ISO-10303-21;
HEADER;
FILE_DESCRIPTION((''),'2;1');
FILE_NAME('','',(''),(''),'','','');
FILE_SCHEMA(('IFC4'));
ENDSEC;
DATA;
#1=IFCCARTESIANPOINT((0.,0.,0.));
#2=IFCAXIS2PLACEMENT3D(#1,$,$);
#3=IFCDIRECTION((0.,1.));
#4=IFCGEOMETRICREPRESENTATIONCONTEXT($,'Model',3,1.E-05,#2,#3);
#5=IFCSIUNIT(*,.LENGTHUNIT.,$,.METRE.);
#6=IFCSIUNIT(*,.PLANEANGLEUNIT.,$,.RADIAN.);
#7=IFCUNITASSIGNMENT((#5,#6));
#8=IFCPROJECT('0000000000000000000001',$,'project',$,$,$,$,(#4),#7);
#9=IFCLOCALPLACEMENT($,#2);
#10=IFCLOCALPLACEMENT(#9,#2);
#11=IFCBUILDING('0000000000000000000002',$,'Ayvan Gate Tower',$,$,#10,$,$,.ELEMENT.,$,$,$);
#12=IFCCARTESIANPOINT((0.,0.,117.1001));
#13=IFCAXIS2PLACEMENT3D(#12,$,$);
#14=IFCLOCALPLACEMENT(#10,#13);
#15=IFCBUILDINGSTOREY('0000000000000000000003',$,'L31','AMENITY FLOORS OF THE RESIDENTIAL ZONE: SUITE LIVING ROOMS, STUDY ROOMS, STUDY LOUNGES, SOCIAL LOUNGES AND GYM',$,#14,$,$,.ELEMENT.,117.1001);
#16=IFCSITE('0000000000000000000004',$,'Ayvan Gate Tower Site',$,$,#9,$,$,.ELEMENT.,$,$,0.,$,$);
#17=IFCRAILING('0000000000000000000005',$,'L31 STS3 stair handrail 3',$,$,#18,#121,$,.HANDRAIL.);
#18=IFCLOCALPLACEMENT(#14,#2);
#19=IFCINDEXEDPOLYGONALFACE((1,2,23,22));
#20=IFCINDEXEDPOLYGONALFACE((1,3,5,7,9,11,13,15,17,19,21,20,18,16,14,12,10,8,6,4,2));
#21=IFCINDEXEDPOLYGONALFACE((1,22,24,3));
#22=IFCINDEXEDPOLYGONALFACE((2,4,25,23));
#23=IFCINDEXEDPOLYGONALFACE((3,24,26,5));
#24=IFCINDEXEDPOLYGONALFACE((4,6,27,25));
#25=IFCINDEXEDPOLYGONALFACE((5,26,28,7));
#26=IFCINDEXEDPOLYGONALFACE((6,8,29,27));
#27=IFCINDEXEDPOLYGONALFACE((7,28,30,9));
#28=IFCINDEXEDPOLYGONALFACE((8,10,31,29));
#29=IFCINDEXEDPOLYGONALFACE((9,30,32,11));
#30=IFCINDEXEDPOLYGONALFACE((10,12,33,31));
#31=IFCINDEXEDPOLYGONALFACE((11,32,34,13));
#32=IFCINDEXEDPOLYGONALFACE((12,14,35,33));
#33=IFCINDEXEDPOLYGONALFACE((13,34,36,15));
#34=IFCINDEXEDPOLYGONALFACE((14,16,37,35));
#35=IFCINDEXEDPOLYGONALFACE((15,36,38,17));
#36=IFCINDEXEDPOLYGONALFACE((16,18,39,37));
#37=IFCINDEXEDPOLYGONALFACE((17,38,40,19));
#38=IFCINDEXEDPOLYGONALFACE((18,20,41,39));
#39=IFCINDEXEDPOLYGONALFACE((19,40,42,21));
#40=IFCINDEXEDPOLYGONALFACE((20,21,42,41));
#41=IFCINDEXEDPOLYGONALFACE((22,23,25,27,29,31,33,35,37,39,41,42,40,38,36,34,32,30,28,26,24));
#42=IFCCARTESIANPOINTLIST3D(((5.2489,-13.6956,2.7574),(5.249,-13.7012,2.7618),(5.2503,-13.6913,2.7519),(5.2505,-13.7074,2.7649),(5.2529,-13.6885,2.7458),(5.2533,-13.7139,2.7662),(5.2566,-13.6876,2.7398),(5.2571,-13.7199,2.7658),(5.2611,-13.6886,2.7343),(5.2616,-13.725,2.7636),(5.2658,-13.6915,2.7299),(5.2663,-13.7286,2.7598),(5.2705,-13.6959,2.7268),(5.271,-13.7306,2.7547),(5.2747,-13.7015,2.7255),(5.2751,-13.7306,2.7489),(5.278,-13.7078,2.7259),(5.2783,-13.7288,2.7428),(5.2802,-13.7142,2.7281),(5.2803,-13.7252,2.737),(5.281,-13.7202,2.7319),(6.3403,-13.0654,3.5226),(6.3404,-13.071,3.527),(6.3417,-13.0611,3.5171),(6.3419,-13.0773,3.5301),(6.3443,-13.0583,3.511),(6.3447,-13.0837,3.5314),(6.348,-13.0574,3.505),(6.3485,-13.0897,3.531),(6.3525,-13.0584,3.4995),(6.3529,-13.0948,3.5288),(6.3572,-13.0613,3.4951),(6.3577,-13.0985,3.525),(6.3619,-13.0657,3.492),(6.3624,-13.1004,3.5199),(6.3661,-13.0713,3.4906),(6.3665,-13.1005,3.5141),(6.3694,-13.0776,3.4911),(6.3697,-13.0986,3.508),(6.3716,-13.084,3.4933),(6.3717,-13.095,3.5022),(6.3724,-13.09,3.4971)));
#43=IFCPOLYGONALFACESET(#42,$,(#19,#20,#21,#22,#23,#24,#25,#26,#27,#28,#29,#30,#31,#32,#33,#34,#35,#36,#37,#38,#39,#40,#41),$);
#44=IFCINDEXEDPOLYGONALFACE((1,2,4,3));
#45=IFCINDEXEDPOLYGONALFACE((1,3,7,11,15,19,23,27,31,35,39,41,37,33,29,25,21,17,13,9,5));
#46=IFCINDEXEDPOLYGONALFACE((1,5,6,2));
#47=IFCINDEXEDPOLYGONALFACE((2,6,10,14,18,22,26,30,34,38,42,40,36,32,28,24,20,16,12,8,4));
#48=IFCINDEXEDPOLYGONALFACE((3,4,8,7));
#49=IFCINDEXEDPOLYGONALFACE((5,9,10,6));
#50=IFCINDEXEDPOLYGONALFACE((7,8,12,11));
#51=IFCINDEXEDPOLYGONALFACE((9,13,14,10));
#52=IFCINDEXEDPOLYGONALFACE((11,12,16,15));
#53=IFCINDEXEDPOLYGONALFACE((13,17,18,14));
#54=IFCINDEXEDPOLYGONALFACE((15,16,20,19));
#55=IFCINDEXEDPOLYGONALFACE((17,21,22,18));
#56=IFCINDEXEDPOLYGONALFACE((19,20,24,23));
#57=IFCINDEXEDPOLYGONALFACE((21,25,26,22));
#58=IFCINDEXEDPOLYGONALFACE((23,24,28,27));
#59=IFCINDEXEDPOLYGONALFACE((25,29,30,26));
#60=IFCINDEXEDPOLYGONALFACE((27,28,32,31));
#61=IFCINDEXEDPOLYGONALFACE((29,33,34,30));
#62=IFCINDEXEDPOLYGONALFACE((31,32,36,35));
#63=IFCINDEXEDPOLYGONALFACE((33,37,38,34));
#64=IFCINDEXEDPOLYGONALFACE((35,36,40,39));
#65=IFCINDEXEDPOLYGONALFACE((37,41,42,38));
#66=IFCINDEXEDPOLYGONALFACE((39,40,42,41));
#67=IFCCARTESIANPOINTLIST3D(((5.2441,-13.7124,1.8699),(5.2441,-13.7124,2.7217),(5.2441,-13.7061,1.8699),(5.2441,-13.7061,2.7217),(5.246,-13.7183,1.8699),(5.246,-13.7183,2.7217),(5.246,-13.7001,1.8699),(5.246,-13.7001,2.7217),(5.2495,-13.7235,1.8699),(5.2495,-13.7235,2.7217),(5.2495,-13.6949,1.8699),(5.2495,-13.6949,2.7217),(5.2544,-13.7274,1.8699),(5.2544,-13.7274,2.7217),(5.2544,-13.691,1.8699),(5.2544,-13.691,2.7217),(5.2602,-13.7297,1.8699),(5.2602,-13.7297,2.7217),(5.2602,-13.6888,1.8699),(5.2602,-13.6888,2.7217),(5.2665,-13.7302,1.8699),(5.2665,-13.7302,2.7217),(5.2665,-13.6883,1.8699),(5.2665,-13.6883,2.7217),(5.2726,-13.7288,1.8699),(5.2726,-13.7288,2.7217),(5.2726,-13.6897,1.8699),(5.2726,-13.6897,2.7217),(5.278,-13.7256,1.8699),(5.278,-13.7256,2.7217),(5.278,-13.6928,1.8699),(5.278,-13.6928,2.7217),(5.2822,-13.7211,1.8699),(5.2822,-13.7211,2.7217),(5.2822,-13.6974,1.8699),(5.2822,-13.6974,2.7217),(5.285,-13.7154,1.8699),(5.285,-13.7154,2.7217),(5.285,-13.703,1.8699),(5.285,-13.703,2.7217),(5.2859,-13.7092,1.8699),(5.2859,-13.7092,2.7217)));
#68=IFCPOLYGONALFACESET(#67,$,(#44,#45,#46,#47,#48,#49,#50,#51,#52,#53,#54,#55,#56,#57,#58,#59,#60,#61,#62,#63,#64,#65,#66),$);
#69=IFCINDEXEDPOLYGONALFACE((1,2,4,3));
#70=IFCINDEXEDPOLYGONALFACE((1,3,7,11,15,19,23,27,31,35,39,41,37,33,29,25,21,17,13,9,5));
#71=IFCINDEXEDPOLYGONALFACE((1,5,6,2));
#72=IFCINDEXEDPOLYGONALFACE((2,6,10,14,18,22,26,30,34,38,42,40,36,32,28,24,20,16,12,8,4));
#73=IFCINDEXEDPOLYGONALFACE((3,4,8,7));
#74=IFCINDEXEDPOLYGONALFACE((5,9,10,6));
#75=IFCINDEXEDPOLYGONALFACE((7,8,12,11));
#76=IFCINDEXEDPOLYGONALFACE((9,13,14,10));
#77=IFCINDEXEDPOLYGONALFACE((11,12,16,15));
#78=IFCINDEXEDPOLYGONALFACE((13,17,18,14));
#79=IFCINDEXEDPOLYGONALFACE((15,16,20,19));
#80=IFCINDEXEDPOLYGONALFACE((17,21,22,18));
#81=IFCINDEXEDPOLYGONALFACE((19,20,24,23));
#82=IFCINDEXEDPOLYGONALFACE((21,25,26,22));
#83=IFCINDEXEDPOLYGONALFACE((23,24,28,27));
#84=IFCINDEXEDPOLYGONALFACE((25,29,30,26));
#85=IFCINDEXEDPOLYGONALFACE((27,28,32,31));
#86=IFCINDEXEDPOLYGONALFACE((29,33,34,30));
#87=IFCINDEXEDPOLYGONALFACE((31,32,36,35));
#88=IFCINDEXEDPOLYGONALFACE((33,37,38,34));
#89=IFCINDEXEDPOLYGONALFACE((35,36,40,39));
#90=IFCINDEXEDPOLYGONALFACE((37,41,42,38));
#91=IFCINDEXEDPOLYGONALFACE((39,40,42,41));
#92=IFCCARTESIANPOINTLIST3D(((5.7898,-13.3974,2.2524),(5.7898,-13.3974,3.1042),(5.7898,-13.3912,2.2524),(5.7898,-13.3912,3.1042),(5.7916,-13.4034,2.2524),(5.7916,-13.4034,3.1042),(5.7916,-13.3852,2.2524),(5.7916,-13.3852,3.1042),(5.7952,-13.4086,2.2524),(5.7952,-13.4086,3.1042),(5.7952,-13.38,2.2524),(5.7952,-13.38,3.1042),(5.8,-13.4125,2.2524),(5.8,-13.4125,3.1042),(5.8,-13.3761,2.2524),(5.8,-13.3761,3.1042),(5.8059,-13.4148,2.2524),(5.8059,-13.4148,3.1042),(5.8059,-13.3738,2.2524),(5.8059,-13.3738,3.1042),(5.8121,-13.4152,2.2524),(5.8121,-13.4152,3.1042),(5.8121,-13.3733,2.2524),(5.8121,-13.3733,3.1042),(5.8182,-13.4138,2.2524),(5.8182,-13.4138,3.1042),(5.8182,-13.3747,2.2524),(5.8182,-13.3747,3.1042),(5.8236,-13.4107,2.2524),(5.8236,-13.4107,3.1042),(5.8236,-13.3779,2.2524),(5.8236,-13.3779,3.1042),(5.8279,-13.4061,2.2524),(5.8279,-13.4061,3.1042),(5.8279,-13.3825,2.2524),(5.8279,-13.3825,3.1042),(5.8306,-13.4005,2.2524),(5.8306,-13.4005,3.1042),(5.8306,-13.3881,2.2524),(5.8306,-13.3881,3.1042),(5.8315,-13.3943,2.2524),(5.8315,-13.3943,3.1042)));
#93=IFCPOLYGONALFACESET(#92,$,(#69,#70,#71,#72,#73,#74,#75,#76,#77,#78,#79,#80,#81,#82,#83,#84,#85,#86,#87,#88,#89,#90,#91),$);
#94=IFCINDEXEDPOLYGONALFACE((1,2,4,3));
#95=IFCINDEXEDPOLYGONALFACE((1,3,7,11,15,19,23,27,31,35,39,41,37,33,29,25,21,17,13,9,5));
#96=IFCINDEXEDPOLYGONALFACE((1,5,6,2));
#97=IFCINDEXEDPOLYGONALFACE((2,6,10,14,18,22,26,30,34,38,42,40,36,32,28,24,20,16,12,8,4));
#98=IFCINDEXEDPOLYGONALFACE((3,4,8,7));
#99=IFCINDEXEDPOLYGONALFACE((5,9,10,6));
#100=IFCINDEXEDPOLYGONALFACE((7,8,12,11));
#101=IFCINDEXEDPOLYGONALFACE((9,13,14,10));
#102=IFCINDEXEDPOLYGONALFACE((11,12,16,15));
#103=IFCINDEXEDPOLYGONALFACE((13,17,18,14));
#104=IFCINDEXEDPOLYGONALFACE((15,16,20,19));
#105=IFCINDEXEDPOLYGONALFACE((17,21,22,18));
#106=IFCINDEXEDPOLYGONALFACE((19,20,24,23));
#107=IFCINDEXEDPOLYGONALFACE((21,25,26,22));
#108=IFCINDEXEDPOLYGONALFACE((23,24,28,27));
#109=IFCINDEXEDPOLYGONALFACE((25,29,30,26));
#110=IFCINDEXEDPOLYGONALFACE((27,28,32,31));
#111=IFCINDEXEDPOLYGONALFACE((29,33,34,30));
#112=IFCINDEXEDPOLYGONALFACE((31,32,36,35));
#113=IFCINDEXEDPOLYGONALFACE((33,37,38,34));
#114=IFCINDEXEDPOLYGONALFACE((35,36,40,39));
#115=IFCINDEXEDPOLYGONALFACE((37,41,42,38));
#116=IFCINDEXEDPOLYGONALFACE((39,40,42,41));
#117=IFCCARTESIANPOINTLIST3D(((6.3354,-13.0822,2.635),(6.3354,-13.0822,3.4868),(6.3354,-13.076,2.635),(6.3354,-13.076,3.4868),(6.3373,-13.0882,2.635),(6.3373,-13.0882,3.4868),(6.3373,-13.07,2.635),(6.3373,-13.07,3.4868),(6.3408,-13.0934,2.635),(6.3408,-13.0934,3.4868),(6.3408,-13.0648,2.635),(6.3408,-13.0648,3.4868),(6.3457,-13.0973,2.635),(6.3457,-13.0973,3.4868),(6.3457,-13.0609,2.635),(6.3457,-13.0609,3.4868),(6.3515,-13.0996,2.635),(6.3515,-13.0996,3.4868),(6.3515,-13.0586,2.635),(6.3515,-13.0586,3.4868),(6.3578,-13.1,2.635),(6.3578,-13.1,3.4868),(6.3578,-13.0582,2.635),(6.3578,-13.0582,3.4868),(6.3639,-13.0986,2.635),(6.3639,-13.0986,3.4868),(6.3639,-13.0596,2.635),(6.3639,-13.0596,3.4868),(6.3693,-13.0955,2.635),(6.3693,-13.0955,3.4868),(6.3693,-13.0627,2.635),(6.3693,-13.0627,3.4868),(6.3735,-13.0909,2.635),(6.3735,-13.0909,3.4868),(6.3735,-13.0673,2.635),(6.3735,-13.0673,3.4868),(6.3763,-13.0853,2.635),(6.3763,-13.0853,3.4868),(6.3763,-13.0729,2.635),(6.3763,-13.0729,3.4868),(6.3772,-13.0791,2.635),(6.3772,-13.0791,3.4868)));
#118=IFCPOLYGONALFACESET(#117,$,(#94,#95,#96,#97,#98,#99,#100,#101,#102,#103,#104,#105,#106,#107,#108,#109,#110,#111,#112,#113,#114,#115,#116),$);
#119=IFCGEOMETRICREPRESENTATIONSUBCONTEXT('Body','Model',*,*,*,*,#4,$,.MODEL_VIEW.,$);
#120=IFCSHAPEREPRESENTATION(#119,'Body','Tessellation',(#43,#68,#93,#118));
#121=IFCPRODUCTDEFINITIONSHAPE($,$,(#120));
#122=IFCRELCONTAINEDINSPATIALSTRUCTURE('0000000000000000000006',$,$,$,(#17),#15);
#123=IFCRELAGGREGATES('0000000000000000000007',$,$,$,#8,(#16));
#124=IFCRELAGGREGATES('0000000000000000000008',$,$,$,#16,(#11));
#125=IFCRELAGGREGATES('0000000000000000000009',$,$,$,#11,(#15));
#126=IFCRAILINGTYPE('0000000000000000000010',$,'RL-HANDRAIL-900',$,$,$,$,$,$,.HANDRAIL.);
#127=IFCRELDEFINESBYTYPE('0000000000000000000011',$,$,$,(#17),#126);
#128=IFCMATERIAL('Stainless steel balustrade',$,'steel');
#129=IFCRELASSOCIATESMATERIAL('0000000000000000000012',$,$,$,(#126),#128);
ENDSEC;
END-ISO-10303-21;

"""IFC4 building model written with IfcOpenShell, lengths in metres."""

from ifc_helpers import new_model, si_unit, direction, frame, origin, origin_2d, place, context, subcontext, project, spatial, circle, extrude, material, type_object, element, save


model = new_model("IFC4")

# Units and contexts
model_context = context("Model", 3, precision=1e-05, world=origin(), true_north=direction((0.0, 1.0)))
body_context = subcontext(model_context, "Body", "Model", "MODEL_VIEW")
ifc_project = project(units=[si_unit("LENGTHUNIT", "METRE"), si_unit("PLANEANGLEUNIT", "RADIAN")], contexts=[model_context])

# Site, building, storey
site_placement = place(None, origin())
site = spatial("IfcSite", under=ifc_project, at=site_placement, Name="Ayvan Gate Tower Site", CompositionType="ELEMENT", RefElevation=0.0)
building_placement = place(site_placement, origin())
building = spatial("IfcBuilding", under=site, at=building_placement, Name="Ayvan Gate Tower", CompositionType="ELEMENT")
storey_placement = place(building_placement, frame((0.0, 0.0, 117.1001)))
storey = spatial("IfcBuildingStorey", under=building, at=storey_placement, Name="L31", Description="AMENITY FLOORS OF THE RESIDENTIAL ZONE: SUITE LIVING ROOMS, STUDY ROOMS, STUDY LOUNGES, SOCIAL LOUNGES AND GYM", CompositionType="ELEMENT", Elevation=117.1001)

# Railing
ifc_material_1 = material(Name="Stainless steel balustrade", Category="steel")
railing_type = type_object("IfcRailingType", Name="RL-HANDRAIL-900", PredefinedType="HANDRAIL", material=ifc_material_1)
railing_1_placement = place(storey_placement, frame((5.2649, -13.7092, 1.8699)))
element("IfcRailing", 1, at=railing_1_placement, inside=storey, type_object=railing_type, Name="L31 STS3 stair handrail 3", PredefinedType="HANDRAIL", context=body_context, shape_type="SweptSolid", body=[
    extrude(circle(Radius=0.0239, at=origin_2d()), frame((0.0, 0.0, 0.876), z_axis=(0.740241, 0.427419, 0.518996), x_axis=(-0.500035, 0.866005, 0.0)), (0.0, 0.0, 1.0), 1.4744),
    extrude(circle(Radius=0.021, at=origin_2d()), origin(), (0.0, 0.0, 1.0), 0.8518),
    extrude(circle(Radius=0.021, at=origin_2d()), frame((0.5457, 0.3149, 0.3826)), (0.0, 0.0, 1.0), 0.8518),
    extrude(circle(Radius=0.021, at=origin_2d()), frame((1.0913, 0.6301, 0.7651)), (0.0, 0.0, 1.0), 0.8518),
])

save(model, "model.ifc")
